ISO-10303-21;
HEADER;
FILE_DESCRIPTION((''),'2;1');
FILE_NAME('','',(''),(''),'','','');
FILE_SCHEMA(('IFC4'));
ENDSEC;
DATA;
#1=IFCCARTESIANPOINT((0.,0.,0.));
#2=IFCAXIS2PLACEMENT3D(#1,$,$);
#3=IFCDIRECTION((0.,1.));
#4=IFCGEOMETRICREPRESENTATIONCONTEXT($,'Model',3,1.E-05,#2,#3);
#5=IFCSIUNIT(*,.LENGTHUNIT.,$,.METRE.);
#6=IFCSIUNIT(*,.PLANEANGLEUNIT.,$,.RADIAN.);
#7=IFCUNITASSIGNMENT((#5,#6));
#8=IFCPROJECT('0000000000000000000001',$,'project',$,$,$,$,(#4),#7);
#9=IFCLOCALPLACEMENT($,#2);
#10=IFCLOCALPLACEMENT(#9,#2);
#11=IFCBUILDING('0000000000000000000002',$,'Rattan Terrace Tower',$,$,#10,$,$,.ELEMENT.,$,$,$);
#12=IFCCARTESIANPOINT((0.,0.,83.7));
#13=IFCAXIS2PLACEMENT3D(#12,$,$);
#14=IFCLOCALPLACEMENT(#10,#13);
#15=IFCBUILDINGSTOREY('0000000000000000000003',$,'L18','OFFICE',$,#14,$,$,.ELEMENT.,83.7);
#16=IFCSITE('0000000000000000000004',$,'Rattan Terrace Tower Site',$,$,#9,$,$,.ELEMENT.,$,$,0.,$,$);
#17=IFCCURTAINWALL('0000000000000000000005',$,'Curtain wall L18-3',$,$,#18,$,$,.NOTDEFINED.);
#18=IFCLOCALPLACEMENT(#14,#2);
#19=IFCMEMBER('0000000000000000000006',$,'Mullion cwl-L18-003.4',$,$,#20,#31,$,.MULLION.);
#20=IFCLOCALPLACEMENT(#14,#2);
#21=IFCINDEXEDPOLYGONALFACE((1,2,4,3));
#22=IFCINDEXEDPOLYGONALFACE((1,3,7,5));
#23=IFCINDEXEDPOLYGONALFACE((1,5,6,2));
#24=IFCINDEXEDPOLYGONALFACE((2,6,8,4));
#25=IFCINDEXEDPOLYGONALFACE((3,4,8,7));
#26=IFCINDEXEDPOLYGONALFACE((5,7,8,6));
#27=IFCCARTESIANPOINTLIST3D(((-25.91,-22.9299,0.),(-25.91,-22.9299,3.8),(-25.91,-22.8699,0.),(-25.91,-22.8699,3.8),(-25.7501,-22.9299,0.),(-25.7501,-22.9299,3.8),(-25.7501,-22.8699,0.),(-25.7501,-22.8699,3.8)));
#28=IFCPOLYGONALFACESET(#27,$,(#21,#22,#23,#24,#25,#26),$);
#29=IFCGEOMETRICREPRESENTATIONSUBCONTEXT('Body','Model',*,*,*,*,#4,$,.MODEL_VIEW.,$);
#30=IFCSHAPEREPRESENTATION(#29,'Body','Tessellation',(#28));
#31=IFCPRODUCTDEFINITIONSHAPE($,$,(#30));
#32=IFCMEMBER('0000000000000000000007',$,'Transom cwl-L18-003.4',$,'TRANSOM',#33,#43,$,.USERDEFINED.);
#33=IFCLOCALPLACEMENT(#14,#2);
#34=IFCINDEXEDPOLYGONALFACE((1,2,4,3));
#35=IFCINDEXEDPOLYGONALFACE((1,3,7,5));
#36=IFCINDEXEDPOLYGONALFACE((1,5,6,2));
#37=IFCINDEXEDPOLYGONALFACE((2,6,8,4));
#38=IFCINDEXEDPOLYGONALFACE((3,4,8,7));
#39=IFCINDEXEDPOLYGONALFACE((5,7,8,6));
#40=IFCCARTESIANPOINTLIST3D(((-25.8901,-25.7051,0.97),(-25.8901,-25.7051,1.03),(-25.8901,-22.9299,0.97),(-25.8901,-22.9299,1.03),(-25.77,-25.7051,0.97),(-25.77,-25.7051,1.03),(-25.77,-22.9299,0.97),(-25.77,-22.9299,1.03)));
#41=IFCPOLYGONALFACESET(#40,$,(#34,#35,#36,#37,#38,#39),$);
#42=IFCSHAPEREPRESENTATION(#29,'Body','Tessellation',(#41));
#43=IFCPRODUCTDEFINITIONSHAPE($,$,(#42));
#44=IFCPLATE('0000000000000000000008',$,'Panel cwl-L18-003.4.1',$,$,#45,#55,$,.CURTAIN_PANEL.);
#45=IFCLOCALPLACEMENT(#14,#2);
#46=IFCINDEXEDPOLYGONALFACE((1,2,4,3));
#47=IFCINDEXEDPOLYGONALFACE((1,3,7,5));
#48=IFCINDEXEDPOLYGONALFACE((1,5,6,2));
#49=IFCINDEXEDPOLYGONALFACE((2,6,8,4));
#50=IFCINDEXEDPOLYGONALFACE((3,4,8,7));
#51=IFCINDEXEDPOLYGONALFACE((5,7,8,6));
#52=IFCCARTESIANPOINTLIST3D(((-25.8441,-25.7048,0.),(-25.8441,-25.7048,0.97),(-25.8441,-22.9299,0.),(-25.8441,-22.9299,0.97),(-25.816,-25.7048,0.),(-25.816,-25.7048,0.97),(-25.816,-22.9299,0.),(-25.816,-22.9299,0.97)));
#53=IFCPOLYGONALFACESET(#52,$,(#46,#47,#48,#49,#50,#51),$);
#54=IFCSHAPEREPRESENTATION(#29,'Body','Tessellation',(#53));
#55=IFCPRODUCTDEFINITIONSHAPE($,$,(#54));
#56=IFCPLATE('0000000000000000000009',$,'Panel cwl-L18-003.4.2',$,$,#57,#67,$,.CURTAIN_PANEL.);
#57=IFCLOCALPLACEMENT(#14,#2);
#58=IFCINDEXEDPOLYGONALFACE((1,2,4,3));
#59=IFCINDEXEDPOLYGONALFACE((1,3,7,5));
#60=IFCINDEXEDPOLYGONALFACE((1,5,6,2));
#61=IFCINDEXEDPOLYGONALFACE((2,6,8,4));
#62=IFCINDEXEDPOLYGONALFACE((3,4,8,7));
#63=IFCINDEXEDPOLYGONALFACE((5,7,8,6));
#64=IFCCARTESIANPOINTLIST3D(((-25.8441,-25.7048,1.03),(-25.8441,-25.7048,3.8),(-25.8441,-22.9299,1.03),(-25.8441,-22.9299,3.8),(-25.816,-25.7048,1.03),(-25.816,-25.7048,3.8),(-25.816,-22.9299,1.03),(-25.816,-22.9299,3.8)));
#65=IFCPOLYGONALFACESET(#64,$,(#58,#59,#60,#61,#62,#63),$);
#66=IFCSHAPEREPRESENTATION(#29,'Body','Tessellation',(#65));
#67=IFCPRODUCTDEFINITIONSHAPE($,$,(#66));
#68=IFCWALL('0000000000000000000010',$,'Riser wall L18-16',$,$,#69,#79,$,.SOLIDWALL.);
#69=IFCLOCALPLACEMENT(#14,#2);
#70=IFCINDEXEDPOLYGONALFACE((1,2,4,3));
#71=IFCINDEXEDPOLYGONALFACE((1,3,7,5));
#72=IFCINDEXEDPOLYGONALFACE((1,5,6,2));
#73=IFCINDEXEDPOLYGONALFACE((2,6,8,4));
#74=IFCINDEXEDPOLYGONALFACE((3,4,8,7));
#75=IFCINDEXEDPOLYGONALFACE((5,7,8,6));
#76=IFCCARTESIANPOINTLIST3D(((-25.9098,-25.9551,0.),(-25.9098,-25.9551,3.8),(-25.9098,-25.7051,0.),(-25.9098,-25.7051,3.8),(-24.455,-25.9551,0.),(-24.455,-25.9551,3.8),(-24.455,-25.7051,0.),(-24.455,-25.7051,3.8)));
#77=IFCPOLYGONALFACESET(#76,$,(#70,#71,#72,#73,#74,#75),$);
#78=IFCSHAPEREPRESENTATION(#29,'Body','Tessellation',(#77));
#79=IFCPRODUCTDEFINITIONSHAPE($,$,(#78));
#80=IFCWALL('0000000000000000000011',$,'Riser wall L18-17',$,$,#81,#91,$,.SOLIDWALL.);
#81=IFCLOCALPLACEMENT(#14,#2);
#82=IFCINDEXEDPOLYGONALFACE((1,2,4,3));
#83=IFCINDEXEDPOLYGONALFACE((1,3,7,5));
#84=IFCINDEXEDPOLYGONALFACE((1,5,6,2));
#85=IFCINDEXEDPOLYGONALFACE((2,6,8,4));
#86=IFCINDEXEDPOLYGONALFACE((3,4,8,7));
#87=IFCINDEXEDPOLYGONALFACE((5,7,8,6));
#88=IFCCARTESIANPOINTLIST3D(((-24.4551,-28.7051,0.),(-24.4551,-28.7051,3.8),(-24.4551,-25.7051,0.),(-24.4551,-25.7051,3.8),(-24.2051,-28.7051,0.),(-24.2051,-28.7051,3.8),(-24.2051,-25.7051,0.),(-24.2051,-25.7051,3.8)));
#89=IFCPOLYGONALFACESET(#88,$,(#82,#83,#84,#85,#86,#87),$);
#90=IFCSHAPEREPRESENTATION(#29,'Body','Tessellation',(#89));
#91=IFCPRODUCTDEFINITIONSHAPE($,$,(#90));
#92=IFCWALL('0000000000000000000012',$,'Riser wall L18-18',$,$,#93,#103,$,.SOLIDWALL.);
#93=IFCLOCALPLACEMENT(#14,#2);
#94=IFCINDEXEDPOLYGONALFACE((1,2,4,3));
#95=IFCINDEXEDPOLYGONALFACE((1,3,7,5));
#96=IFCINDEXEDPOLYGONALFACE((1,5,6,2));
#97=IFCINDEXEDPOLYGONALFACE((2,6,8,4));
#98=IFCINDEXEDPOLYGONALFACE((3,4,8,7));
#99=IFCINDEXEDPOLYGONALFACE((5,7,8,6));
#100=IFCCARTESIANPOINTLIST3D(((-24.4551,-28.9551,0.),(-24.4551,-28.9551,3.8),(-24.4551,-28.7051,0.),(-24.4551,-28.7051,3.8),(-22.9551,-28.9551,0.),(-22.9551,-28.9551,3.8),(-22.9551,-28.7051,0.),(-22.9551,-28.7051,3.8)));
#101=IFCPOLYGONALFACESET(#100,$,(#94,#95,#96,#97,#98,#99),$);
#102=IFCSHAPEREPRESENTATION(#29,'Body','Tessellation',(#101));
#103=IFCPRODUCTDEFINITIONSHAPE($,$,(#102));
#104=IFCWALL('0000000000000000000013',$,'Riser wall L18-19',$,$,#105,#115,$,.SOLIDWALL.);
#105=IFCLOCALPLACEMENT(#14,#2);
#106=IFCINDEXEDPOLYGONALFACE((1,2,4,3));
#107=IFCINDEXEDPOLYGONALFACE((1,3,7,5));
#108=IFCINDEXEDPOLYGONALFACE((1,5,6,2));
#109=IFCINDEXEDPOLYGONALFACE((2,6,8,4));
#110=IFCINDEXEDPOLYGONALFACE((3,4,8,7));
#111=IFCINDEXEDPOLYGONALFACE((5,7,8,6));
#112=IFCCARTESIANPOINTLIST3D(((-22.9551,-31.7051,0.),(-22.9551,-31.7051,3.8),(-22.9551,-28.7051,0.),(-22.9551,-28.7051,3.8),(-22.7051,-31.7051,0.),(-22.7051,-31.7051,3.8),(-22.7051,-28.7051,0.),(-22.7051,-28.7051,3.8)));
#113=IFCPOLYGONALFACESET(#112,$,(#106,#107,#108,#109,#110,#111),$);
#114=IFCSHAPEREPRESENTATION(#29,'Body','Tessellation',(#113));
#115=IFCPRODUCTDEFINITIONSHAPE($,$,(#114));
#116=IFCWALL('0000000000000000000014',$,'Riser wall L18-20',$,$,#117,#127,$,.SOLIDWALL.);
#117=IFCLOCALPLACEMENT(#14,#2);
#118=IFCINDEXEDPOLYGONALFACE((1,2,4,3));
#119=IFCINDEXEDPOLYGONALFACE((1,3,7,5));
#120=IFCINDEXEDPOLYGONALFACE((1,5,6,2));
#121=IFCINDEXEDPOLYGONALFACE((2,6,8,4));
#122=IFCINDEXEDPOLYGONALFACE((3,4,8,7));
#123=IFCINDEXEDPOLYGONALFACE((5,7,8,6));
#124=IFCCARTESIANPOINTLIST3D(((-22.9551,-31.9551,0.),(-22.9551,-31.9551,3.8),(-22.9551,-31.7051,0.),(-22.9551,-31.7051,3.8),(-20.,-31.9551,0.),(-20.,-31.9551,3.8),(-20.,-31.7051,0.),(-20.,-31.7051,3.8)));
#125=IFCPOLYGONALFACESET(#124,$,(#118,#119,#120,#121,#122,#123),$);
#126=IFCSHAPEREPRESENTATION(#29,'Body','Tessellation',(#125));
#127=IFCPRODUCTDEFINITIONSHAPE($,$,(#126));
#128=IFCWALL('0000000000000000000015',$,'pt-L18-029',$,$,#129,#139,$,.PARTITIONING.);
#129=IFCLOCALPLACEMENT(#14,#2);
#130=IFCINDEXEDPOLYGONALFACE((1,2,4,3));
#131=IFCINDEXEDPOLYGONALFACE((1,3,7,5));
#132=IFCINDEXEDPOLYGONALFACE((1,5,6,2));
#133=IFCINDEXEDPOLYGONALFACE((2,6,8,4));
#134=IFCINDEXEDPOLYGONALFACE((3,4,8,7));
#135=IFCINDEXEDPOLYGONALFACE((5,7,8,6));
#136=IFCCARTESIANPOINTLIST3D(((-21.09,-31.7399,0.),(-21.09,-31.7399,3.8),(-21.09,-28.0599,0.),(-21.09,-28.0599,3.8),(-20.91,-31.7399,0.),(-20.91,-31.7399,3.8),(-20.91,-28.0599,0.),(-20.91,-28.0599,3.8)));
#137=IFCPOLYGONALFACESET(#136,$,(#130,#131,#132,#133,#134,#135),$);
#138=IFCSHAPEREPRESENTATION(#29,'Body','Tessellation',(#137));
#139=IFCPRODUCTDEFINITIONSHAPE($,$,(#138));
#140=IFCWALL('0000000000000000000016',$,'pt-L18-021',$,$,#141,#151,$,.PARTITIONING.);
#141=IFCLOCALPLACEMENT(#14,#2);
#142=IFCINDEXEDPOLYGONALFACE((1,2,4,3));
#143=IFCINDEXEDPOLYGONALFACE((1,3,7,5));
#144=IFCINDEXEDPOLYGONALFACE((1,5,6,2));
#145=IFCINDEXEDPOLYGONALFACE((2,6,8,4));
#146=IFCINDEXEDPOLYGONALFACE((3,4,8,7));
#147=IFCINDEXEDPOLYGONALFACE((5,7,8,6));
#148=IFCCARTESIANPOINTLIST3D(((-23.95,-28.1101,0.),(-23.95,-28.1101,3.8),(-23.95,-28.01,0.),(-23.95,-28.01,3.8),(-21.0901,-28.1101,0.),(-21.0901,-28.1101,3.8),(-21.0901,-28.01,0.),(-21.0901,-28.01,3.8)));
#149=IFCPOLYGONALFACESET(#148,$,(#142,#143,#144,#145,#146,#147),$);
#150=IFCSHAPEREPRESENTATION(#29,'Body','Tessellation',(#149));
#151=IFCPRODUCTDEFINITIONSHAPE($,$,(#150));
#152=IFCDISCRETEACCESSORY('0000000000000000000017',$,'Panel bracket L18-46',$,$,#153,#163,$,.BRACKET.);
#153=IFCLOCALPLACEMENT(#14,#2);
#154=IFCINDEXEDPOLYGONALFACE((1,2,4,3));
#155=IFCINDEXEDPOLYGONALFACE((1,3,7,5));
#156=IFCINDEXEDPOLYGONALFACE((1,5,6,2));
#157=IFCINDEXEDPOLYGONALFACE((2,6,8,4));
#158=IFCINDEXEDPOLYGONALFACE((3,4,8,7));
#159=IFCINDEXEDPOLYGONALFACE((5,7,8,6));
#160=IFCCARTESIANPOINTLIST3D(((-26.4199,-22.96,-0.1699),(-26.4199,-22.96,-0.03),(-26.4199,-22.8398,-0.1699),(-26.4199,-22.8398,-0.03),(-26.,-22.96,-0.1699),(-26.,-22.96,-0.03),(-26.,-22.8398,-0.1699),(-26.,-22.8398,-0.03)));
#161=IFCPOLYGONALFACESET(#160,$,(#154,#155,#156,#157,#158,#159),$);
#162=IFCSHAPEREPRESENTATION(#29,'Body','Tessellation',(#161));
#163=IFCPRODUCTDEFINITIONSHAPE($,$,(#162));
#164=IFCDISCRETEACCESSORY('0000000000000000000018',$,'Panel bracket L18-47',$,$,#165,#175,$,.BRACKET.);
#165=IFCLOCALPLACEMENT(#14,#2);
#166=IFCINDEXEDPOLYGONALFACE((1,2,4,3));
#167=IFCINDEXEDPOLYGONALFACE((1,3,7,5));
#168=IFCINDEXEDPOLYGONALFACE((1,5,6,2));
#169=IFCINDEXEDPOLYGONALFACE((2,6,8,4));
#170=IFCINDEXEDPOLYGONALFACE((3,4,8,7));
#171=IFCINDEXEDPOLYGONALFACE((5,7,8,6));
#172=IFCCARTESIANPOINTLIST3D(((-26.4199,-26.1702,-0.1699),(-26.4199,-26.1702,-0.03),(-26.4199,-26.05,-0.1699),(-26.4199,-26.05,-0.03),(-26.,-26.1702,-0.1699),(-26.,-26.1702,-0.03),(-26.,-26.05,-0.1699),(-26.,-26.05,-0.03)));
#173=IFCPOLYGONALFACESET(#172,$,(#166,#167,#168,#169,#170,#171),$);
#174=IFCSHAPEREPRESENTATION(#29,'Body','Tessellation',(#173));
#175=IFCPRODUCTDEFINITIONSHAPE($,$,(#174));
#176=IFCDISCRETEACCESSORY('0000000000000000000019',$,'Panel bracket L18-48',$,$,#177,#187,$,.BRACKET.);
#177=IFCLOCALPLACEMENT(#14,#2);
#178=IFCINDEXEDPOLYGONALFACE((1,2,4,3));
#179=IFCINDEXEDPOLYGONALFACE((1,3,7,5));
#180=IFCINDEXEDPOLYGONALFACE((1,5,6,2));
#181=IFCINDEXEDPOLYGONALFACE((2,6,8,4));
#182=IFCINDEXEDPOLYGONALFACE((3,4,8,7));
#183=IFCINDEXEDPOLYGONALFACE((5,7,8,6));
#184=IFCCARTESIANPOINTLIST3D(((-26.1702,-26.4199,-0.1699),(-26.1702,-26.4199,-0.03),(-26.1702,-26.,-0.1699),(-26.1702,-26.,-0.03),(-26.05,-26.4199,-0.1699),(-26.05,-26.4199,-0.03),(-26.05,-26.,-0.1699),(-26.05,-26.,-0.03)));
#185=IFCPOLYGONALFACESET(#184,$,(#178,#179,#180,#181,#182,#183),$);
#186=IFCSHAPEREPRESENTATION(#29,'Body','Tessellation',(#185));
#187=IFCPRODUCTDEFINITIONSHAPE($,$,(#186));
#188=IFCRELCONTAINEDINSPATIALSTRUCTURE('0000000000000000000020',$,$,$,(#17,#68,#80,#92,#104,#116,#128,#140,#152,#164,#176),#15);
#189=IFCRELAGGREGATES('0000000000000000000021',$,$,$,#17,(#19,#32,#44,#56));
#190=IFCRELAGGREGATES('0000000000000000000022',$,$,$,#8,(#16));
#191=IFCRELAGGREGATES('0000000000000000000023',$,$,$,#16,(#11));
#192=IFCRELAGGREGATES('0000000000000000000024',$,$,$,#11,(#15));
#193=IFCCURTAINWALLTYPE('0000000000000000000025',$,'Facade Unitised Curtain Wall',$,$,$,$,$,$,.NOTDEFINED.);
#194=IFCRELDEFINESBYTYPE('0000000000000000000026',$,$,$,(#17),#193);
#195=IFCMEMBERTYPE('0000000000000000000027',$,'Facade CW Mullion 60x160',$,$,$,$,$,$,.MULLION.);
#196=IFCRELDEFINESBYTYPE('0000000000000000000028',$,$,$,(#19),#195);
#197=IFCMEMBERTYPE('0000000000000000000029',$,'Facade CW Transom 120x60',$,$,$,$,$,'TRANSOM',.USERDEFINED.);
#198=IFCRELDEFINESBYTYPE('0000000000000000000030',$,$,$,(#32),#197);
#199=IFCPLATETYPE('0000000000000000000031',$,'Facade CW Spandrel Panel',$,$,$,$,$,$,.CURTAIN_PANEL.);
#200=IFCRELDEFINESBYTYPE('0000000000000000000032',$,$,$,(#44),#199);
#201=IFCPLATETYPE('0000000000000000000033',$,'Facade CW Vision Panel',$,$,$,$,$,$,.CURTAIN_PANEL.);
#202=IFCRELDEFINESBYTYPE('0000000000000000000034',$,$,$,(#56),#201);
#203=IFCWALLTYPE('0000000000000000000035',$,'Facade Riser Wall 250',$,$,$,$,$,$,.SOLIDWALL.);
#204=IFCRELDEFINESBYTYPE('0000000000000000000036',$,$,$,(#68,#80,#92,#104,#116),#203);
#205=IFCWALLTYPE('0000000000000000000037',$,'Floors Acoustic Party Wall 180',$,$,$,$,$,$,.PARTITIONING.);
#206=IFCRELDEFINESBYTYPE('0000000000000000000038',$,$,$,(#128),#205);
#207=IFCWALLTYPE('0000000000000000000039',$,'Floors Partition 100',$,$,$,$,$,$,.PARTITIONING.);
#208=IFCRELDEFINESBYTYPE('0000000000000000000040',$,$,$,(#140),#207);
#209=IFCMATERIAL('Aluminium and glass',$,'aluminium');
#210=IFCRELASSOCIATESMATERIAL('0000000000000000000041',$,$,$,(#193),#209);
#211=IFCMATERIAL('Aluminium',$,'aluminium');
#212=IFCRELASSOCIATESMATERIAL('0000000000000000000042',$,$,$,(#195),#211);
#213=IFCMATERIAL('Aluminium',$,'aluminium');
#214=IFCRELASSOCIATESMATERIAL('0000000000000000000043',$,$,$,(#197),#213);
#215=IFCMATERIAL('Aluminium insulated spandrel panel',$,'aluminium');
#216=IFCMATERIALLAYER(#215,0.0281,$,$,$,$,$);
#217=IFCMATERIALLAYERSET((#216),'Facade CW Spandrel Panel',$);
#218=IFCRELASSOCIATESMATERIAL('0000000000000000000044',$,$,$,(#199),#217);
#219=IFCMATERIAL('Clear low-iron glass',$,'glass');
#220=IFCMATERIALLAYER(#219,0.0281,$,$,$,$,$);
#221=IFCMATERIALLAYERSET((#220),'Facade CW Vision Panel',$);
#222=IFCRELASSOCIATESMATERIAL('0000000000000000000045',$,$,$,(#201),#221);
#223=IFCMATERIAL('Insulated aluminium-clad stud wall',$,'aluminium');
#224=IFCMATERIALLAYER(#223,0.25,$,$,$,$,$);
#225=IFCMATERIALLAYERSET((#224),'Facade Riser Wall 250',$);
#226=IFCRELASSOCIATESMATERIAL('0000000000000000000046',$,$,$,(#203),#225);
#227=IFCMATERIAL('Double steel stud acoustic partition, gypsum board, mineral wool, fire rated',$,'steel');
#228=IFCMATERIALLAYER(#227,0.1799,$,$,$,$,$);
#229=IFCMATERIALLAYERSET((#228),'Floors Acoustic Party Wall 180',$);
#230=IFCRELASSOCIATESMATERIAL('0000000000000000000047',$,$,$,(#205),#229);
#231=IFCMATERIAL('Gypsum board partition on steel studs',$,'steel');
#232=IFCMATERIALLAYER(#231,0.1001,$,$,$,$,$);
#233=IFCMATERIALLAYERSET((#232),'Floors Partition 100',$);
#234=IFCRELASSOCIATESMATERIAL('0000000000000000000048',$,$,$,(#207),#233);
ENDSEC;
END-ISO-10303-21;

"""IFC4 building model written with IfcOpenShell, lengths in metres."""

from ifc_helpers import new_model, si_unit, direction, frame, frame_2d, origin, origin_2d, place, context, subcontext, project, spatial, rectangle, extrude, material, layer, layer_set, material_profile, profile_set, type_object, element, aggregate, save


model = new_model("IFC4")

# Units and contexts
model_context = context("Model", 3, precision=1e-05, world=origin(), true_north=direction((0.0, 1.0)))
body_context = subcontext(model_context, "Body", "Model", "MODEL_VIEW")
ifc_project = project(units=[si_unit("LENGTHUNIT", "METRE"), si_unit("PLANEANGLEUNIT", "RADIAN")], contexts=[model_context])

# Site, building, storey
site_placement = place(None, origin())
site = spatial("IfcSite", under=ifc_project, at=site_placement, Name="Rattan Terrace Tower Site", CompositionType="ELEMENT", RefElevation=0.0)
building_placement = place(site_placement, origin())
building = spatial("IfcBuilding", under=site, at=building_placement, Name="Rattan Terrace Tower", CompositionType="ELEMENT")
storey_placement = place(building_placement, frame((0.0, 0.0, 83.7)))
storey = spatial("IfcBuildingStorey", under=building, at=storey_placement, Name="L18", Description="OFFICE", CompositionType="ELEMENT", Elevation=83.7)

# Curtain wall, members, plates
ifc_material_1 = material(Name="Aluminium and glass", Category="aluminium")
curtain_wall_type = type_object("IfcCurtainWallType", Name="Facade Unitised Curtain Wall", PredefinedType="NOTDEFINED", material=ifc_material_1)
curtain_wall_placement = place(storey_placement, origin())
curtain_wall = element("IfcCurtainWall", 1, at=curtain_wall_placement, inside=storey, type_object=curtain_wall_type, Name="Curtain wall L18-3", PredefinedType="NOTDEFINED")
ifc_material_2 = material(Name="Aluminium", Category="aluminium")
ifc_material_profile_1 = material_profile(ifc_material_2, rectangle(XDim=0.0601, YDim=0.1599, at=origin_2d()), Name="Aluminium 60x160")
ifc_profile_set_1 = profile_set([ifc_material_profile_1], Name="Aluminium")
member_type_1 = type_object("IfcMemberType", Name="Facade CW Mullion 60x160", PredefinedType="MULLION", material=ifc_profile_set_1)
member_1_placement = place(storey_placement, frame((-25.8301, -22.8999, 0.0), z_axis=(0.0, 0.0, 1.0), x_axis=(0.0, -1.0, 0.0)))
member_1 = element("IfcMember", 2, at=member_1_placement, type_object=member_type_1, Name="Mullion cwl-L18-003.4", PredefinedType="MULLION", context=body_context, shape_type="SweptSolid", body=[
    extrude(rectangle(XDim=0.0601, YDim=0.1599, at=origin_2d()), origin(), (0.0, 0.0, 1.0), 3.8),
])
ifc_material_3 = material(Name="Aluminium", Category="aluminium")
ifc_material_profile_2 = material_profile(ifc_material_3, rectangle(XDim=0.1201, YDim=0.0601, at=origin_2d()), Name="Aluminium 120x60")
ifc_profile_set_2 = profile_set([ifc_material_profile_2], Name="Aluminium")
member_type_2 = type_object("IfcMemberType", Name="Facade CW Transom 120x60", ElementType="TRANSOM", PredefinedType="USERDEFINED", material=ifc_profile_set_2)
member_2_placement = place(storey_placement, frame((-25.8301, -22.9299, 1.0), z_axis=(0.0, -1.0, 0.0), x_axis=(1.0, 0.0, 0.0)))
member_2 = element("IfcMember", 3, at=member_2_placement, type_object=member_type_2, Name="Transom cwl-L18-003.4", ObjectType="TRANSOM", PredefinedType="USERDEFINED", context=body_context, shape_type="SweptSolid", body=[
    extrude(rectangle(XDim=0.1201, YDim=0.0601, at=origin_2d()), origin(), (0.0, 0.0, 1.0), 2.7751),
])
ifc_material_4 = material(Name="Aluminium insulated spandrel panel", Category="aluminium")
ifc_layer_1 = layer(ifc_material_4, 0.0281)
ifc_layer_set_1 = layer_set([ifc_layer_1], Name="Facade CW Spandrel Panel")
plate_type_1 = type_object("IfcPlateType", Name="Facade CW Spandrel Panel", PredefinedType="CURTAIN_PANEL", material=ifc_layer_set_1)
plate_1_placement = place(storey_placement, frame((-25.8301, -24.3174, 0.0), z_axis=(0.0, 0.0, 1.0), x_axis=(0.0, -1.0, 0.0)))
plate_1 = element("IfcPlate", 4, at=plate_1_placement, type_object=plate_type_1, Name="Panel cwl-L18-003.4.1", PredefinedType="CURTAIN_PANEL", context=body_context, shape_type="SweptSolid", body=[
    extrude(rectangle(XDim=2.7749, YDim=0.0281, at=origin_2d()), origin(), (0.0, 0.0, 1.0), 0.97),
])
ifc_material_5 = material(Name="Clear low-iron glass", Category="glass")
ifc_layer_2 = layer(ifc_material_5, 0.0281)
ifc_layer_set_2 = layer_set([ifc_layer_2], Name="Facade CW Vision Panel")
plate_type_2 = type_object("IfcPlateType", Name="Facade CW Vision Panel", PredefinedType="CURTAIN_PANEL", material=ifc_layer_set_2)
plate_2_placement = place(storey_placement, frame((-25.8301, -24.3174, 1.03), z_axis=(0.0, 0.0, 1.0), x_axis=(0.0, -1.0, 0.0)))
plate_2 = element("IfcPlate", 5, at=plate_2_placement, type_object=plate_type_2, Name="Panel cwl-L18-003.4.2", PredefinedType="CURTAIN_PANEL", context=body_context, shape_type="SweptSolid", body=[
    extrude(rectangle(XDim=2.7749, YDim=0.0281, at=origin_2d()), origin(), (0.0, 0.0, 1.0), 2.77),
])
aggregate(curtain_wall, [member_1, member_2, plate_1, plate_2])

# Walls
ifc_material_6 = material(Name="Insulated aluminium-clad stud wall", Category="aluminium")
ifc_layer_3 = layer(ifc_material_6, 0.25)
ifc_layer_set_3 = layer_set([ifc_layer_3], Name="Facade Riser Wall 250")
wall_type_1 = type_object("IfcWallType", Name="Facade Riser Wall 250", PredefinedType="SOLIDWALL", material=ifc_layer_set_3)
wall_1_placement = place(storey_placement, frame((-25.9099, -25.8301, 0.0), z_axis=(0.0, 0.0, 1.0), x_axis=(1.0, 0.0, 0.0)))
element("IfcWall", 6, at=wall_1_placement, inside=storey, type_object=wall_type_1, Name="Riser wall L18-16", PredefinedType="SOLIDWALL", context=body_context, shape_type="SweptSolid", body=[
    extrude(rectangle(XDim=1.4548, YDim=0.25, at=frame_2d((0.7275, 0.0))), origin(), (0.0, 0.0, 1.0), 3.8),
])
wall_2_placement = place(storey_placement, frame((-24.3301, -25.7051, 0.0), z_axis=(0.0, 0.0, 1.0), x_axis=(0.0, -1.0, 0.0)))
element("IfcWall", 7, at=wall_2_placement, inside=storey, type_object=wall_type_1, Name="Riser wall L18-17", PredefinedType="SOLIDWALL", context=body_context, shape_type="SweptSolid", body=[
    extrude(rectangle(XDim=3.0, YDim=0.25, at=frame_2d((1.5, 0.0))), origin(), (0.0, 0.0, 1.0), 3.8),
])
wall_3_placement = place(storey_placement, frame((-24.4551, -28.8301, 0.0), z_axis=(0.0, 0.0, 1.0), x_axis=(1.0, 0.0, 0.0)))
element("IfcWall", 8, at=wall_3_placement, inside=storey, type_object=wall_type_1, Name="Riser wall L18-18", PredefinedType="SOLIDWALL", context=body_context, shape_type="SweptSolid", body=[
    extrude(rectangle(XDim=1.5, YDim=0.25, at=frame_2d((0.75, 0.0))), origin(), (0.0, 0.0, 1.0), 3.8),
])
wall_4_placement = place(storey_placement, frame((-22.8301, -28.7051, 0.0), z_axis=(0.0, 0.0, 1.0), x_axis=(0.0, -1.0, 0.0)))
element("IfcWall", 9, at=wall_4_placement, inside=storey, type_object=wall_type_1, Name="Riser wall L18-19", PredefinedType="SOLIDWALL", context=body_context, shape_type="SweptSolid", body=[
    extrude(rectangle(XDim=3.0, YDim=0.25, at=frame_2d((1.5, 0.0))), origin(), (0.0, 0.0, 1.0), 3.8),
])
wall_5_placement = place(storey_placement, frame((-22.9551, -31.8301, 0.0), z_axis=(0.0, 0.0, 1.0), x_axis=(1.0, 0.0, 0.0)))
element("IfcWall", 10, at=wall_5_placement, inside=storey, type_object=wall_type_1, Name="Riser wall L18-20", PredefinedType="SOLIDWALL", context=body_context, shape_type="SweptSolid", body=[
    extrude(rectangle(XDim=2.9551, YDim=0.25, at=frame_2d((1.4775, 0.0))), origin(), (0.0, 0.0, 1.0), 3.8),
])
ifc_material_7 = material(Name="Double steel stud acoustic partition, gypsum board, mineral wool, fire rated", Category="steel")
ifc_layer_4 = layer(ifc_material_7, 0.1799)
ifc_layer_set_4 = layer_set([ifc_layer_4], Name="Floors Acoustic Party Wall 180")
wall_type_2 = type_object("IfcWallType", Name="Floors Acoustic Party Wall 180", PredefinedType="PARTITIONING", material=ifc_layer_set_4)
wall_6_placement = place(storey_placement, frame((-21.0, -28.0601, 0.0), z_axis=(0.0, 0.0, 1.0), x_axis=(0.0, -1.0, 0.0)))
element("IfcWall", 11, at=wall_6_placement, inside=storey, type_object=wall_type_2, Name="pt-L18-029", PredefinedType="PARTITIONING", context=body_context, shape_type="SweptSolid", body=[
    extrude(rectangle(XDim=3.6799, YDim=0.1799, at=frame_2d((1.8398, 0.0))), origin(), (0.0, 0.0, 1.0), 3.8),
])
ifc_material_8 = material(Name="Gypsum board partition on steel studs", Category="steel")
ifc_layer_5 = layer(ifc_material_8, 0.1001)
ifc_layer_set_5 = layer_set([ifc_layer_5], Name="Floors Partition 100")
wall_type_3 = type_object("IfcWallType", Name="Floors Partition 100", PredefinedType="PARTITIONING", material=ifc_layer_set_5)
wall_7_placement = place(storey_placement, frame((-23.95, -28.0601, 0.0), z_axis=(0.0, 0.0, 1.0), x_axis=(1.0, 0.0, 0.0)))
element("IfcWall", 12, at=wall_7_placement, inside=storey, type_object=wall_type_3, Name="pt-L18-021", PredefinedType="PARTITIONING", context=body_context, shape_type="SweptSolid", body=[
    extrude(rectangle(XDim=2.8599, YDim=0.1001, at=frame_2d((1.4299, 0.0))), origin(), (0.0, 0.0, 1.0), 3.8),
])

# Discrete accessories
for number, where, z_axis, x_axis, name in (
    (13, (-26.21, -22.8999, -0.1699), (0.0, 0.0, 1.0), (0.0, -1.0, 0.0), "Panel bracket L18-46"),
    (14, (-26.21, -26.1101, -0.1699), (0.0, 0.0, 1.0), (0.0, -1.0, 0.0), "Panel bracket L18-47"),
    (15, (-26.1101, -26.21, -0.1699), (0.0, 0.0, 1.0), (1.0, 0.0, 0.0), "Panel bracket L18-48"),
):
    element("IfcDiscreteAccessory", number, at=place(storey_placement, frame(where, z_axis=z_axis, x_axis=x_axis)), inside=storey, Name=name, PredefinedType="BRACKET", context=body_context, shape_type="SweptSolid", body=[
        extrude(rectangle(XDim=0.1201, YDim=0.4199, at=origin_2d()), origin(), (0.0, 0.0, 1.0), 0.1399),
    ])

save(model, "model.ifc")
